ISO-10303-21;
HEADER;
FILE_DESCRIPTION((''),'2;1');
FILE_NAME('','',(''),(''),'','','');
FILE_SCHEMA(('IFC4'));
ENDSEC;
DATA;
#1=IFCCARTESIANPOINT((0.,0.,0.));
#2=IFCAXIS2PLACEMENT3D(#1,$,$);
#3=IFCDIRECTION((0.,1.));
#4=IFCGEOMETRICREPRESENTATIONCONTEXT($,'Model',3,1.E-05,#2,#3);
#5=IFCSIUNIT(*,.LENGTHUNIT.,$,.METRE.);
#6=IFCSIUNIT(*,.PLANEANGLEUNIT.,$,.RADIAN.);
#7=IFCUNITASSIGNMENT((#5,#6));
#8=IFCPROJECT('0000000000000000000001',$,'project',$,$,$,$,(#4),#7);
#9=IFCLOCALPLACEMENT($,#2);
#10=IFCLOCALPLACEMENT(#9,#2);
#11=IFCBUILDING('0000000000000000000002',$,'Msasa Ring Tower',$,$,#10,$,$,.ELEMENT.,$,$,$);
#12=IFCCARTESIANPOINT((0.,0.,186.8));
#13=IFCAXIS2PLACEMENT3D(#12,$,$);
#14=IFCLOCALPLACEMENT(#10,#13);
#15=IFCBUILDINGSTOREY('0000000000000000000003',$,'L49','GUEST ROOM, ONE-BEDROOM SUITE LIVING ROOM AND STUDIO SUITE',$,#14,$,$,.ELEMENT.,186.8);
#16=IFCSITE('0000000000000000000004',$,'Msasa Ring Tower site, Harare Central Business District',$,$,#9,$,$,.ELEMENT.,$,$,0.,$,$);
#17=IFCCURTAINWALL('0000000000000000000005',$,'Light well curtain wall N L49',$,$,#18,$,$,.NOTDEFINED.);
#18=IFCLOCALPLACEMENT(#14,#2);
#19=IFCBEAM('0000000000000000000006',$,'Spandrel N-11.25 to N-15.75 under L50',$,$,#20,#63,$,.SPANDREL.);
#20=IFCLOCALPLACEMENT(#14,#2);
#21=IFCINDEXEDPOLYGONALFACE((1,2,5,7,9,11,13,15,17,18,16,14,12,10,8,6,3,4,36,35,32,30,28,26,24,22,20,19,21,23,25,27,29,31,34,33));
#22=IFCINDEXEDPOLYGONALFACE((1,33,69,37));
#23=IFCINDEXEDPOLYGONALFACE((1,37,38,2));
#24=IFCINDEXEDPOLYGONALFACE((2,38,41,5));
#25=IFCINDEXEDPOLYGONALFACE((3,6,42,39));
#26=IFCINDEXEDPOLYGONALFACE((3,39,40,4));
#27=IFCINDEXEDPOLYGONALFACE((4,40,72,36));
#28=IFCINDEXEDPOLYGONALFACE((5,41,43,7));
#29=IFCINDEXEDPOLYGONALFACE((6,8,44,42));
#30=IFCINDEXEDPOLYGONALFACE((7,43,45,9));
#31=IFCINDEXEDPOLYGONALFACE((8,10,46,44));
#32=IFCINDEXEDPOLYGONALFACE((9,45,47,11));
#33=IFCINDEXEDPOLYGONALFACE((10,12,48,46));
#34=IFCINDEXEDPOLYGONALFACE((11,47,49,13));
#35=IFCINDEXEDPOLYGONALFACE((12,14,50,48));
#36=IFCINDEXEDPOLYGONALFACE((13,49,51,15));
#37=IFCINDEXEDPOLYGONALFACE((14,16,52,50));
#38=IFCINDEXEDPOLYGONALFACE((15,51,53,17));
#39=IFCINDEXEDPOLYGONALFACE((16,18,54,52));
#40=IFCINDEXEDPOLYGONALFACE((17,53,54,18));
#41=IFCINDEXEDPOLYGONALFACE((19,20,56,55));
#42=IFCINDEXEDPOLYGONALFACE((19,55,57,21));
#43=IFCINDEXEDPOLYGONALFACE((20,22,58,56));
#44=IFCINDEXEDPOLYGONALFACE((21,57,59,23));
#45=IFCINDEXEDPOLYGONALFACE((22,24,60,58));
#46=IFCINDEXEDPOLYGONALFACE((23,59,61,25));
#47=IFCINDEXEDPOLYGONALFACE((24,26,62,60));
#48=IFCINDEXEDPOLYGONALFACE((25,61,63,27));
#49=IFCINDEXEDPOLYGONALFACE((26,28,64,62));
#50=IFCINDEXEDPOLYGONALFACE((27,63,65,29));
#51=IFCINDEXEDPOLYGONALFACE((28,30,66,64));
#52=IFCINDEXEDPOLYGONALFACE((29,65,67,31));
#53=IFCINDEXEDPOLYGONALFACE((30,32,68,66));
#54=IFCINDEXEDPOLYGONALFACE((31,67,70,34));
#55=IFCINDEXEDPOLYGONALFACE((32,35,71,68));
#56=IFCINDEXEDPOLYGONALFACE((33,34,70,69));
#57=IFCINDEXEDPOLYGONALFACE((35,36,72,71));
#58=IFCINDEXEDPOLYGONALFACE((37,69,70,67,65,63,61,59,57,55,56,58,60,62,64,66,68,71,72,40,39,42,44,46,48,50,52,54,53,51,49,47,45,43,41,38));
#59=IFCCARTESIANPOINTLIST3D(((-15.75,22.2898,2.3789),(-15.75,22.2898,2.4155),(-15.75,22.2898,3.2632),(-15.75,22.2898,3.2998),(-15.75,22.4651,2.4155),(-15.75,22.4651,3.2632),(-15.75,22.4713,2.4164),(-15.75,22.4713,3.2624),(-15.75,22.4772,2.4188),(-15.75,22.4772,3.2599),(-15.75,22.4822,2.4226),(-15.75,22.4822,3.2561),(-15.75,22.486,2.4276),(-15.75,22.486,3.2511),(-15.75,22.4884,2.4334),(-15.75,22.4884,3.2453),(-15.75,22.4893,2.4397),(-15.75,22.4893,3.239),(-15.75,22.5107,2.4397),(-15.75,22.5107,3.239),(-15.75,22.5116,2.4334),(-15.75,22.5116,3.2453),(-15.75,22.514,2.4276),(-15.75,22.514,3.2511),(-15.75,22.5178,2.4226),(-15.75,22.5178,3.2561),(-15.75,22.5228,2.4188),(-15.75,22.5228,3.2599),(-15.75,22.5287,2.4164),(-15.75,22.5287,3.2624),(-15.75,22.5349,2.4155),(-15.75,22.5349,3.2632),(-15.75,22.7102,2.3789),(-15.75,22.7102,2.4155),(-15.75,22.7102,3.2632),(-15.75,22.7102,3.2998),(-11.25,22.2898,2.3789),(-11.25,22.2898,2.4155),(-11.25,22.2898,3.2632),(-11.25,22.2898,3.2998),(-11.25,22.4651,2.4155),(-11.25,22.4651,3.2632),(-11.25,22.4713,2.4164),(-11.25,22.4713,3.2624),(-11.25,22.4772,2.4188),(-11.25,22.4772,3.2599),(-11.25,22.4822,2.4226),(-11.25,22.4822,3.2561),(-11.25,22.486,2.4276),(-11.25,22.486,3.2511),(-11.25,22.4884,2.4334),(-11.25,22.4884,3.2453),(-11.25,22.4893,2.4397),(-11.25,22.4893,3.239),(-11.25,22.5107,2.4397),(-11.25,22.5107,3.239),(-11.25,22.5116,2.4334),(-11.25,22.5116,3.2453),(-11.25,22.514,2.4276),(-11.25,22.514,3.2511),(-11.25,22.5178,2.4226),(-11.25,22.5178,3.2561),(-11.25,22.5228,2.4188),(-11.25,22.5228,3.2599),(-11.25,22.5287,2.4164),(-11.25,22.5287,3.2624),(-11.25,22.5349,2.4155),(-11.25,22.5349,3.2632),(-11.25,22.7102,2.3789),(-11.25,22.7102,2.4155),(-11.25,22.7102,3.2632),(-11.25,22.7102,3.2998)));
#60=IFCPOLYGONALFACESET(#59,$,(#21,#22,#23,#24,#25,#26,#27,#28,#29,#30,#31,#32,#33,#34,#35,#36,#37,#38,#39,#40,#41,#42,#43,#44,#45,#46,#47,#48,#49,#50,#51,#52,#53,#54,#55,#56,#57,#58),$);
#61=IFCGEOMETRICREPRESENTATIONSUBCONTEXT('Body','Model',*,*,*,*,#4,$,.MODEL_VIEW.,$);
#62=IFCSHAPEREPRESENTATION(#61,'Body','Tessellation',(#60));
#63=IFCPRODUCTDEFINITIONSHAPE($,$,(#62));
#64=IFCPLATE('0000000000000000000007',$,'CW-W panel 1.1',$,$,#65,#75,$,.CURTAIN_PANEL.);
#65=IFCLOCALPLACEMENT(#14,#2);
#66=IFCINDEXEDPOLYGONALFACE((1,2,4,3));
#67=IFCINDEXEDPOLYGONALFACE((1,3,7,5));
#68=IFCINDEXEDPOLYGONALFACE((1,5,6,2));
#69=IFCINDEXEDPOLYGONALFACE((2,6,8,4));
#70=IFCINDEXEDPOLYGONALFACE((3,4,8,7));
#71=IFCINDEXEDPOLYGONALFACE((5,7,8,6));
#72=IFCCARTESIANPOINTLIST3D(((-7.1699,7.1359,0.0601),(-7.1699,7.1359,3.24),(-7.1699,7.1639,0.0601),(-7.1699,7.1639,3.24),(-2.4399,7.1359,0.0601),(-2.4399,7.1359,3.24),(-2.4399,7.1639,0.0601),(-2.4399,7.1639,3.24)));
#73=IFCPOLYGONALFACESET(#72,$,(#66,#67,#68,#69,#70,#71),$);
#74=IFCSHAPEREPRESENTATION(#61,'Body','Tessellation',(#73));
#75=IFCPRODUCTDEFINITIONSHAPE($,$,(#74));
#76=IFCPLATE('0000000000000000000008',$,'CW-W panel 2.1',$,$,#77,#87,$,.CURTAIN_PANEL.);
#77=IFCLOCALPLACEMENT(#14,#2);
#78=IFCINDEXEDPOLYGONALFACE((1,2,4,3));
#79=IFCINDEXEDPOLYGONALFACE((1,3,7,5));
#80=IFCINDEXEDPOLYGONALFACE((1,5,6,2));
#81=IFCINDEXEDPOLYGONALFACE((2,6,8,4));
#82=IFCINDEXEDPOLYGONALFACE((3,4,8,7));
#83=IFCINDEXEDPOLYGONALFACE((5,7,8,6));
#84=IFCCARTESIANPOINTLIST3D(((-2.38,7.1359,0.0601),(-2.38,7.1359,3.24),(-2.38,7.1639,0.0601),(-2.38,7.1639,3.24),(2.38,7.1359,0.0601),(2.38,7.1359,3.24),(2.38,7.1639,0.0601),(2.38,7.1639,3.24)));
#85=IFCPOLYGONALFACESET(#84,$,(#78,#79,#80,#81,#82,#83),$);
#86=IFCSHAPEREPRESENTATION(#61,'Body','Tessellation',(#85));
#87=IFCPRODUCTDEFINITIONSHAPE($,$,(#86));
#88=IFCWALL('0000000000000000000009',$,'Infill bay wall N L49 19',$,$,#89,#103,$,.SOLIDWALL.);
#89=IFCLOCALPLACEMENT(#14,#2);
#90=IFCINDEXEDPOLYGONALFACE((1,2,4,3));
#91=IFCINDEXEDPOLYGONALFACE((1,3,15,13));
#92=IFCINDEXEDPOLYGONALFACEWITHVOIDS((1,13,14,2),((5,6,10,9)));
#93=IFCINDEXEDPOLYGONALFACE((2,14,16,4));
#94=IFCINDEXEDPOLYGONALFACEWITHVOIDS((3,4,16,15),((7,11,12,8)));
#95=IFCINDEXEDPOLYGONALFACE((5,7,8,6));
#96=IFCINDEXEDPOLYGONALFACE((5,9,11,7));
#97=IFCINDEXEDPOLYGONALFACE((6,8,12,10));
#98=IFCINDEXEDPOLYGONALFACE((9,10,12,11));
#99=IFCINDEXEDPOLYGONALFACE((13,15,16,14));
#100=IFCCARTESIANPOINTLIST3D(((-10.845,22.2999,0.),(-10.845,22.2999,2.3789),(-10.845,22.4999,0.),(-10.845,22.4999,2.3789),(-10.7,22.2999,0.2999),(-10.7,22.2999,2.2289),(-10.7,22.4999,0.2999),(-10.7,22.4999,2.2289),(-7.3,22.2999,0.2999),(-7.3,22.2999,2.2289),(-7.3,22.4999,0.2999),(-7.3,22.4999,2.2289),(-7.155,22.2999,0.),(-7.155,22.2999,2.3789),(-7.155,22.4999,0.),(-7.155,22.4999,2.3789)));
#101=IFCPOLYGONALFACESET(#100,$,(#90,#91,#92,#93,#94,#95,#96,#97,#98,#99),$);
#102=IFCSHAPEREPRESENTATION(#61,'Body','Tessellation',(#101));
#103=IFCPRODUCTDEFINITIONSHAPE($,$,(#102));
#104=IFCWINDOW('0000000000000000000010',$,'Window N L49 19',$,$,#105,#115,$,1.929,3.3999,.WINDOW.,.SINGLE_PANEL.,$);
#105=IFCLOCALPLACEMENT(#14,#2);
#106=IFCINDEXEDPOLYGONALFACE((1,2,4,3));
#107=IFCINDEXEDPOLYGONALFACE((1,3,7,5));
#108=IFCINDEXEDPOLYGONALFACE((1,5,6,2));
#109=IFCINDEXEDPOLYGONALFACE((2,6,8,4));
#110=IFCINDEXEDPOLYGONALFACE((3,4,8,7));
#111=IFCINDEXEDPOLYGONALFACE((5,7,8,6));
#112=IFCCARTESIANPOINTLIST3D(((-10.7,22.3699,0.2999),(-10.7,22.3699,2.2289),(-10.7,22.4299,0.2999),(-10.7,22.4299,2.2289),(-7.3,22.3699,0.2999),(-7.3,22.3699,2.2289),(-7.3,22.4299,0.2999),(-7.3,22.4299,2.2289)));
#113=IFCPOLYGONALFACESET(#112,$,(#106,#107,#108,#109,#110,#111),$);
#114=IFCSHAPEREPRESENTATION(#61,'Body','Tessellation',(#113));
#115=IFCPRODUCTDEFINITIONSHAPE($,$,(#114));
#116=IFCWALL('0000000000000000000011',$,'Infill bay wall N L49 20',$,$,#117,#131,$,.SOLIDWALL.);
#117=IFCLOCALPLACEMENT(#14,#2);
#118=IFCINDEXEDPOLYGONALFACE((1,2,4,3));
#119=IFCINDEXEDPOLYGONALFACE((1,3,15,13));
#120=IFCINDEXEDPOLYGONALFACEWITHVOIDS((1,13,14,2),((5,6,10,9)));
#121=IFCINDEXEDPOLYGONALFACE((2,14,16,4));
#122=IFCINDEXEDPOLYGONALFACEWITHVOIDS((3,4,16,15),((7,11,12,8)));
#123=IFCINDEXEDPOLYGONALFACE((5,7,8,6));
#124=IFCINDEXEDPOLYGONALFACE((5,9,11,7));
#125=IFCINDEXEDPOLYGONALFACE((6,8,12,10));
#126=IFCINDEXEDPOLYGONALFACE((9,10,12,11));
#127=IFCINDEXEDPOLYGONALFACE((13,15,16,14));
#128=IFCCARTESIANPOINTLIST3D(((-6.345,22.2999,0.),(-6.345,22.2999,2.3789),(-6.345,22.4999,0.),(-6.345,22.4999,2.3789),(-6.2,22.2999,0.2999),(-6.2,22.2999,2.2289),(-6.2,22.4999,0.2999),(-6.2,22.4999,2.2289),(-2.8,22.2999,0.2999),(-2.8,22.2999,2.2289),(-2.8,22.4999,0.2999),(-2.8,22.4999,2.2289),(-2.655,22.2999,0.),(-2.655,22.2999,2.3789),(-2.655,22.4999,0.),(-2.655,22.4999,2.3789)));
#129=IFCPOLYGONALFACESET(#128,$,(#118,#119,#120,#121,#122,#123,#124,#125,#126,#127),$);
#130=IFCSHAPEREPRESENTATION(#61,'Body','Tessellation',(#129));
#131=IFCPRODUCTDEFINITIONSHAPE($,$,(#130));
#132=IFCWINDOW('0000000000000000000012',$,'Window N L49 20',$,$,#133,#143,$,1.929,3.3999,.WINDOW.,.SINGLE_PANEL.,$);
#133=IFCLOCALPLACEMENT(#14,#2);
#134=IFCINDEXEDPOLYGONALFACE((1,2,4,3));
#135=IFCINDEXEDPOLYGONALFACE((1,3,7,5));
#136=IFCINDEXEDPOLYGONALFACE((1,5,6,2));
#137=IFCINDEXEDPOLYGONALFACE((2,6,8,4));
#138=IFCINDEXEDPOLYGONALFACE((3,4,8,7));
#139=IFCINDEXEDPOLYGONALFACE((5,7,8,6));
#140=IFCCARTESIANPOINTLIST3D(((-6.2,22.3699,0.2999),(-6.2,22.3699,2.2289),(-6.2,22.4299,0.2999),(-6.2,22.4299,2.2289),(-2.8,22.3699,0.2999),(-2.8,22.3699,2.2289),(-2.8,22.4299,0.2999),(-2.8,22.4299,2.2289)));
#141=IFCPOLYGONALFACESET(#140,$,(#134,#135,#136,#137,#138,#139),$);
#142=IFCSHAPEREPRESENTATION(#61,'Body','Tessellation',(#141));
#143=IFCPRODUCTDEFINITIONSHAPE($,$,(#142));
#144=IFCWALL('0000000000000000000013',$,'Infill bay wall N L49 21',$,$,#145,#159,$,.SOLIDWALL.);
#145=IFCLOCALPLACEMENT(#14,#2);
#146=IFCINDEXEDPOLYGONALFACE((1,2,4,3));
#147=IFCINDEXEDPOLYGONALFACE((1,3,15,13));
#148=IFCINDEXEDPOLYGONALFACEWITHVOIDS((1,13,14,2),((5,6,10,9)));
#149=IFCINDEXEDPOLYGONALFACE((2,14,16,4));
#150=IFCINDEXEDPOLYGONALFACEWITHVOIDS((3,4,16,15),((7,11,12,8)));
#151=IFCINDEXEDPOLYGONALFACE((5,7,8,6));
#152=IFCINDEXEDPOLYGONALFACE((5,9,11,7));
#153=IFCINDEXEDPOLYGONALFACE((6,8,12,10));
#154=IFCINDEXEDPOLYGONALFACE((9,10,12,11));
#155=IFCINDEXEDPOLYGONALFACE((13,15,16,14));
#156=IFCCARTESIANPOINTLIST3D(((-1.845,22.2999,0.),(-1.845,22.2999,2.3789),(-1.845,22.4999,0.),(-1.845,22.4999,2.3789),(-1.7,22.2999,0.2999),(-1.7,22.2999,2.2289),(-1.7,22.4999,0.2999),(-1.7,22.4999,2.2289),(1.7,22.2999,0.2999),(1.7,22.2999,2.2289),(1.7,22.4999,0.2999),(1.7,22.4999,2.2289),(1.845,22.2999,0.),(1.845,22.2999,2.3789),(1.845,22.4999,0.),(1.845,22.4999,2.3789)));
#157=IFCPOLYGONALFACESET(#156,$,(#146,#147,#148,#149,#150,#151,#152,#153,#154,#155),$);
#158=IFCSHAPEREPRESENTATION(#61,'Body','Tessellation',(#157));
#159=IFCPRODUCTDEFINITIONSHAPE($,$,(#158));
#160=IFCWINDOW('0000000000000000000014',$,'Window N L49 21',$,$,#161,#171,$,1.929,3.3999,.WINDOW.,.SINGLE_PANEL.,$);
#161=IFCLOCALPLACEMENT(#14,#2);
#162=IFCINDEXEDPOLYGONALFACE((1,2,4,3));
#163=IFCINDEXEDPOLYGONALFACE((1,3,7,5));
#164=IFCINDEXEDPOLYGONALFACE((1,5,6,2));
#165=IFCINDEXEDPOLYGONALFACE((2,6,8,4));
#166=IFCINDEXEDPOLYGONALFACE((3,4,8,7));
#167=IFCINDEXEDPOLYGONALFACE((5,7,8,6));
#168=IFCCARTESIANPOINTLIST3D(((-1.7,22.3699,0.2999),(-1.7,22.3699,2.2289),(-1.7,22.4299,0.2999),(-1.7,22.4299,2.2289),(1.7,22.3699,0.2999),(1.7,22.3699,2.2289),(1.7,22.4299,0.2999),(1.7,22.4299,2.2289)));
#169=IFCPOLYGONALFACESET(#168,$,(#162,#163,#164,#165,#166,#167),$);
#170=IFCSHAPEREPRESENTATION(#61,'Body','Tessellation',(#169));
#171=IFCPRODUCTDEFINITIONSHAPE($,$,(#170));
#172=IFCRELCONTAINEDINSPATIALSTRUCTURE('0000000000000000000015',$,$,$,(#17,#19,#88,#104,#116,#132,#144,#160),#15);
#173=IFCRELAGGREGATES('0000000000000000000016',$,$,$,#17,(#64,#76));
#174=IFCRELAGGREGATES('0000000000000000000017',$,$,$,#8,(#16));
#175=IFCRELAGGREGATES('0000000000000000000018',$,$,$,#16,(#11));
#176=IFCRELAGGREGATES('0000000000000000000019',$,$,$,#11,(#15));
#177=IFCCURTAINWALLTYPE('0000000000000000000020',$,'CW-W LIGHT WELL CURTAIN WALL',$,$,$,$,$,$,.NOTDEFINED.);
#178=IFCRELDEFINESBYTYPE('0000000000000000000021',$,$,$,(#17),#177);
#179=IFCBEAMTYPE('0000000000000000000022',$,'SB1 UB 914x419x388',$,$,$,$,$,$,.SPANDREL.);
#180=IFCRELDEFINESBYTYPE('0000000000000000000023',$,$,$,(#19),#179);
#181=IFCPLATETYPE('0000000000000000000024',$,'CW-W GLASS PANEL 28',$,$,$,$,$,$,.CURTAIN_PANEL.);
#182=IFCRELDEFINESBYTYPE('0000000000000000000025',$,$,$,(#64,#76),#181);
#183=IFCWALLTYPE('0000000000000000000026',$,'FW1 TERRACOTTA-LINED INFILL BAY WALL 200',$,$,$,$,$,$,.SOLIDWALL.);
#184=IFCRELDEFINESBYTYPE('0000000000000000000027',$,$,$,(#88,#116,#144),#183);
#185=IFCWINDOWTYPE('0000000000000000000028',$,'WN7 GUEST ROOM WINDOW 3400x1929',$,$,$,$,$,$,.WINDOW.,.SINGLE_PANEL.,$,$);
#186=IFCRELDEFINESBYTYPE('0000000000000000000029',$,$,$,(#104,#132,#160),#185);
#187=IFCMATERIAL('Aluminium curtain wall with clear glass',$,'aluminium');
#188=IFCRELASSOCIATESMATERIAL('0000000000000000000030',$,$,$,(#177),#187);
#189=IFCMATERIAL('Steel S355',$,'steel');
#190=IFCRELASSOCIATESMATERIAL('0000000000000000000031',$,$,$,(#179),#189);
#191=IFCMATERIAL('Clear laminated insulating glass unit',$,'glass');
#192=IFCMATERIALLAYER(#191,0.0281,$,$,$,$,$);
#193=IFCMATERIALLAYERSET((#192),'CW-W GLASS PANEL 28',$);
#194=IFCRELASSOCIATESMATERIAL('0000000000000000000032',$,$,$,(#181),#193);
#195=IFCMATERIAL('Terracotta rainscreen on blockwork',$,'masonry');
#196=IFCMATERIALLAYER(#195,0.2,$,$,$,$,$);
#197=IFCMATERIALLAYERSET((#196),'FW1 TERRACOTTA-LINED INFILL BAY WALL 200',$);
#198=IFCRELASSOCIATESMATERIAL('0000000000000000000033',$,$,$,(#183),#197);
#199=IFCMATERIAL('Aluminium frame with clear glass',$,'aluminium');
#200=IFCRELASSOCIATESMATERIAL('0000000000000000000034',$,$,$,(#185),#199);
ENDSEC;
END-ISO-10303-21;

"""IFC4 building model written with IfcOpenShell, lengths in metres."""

from ifc_helpers import new_model, si_unit, direction, frame, frame_2d, origin, origin_2d, place, context, subcontext, project, spatial, rectangle, i_section, extrude, material, layer, layer_set, material_profile, profile_set, type_object, element, fill, aggregate, save


model = new_model("IFC4")

# Units and contexts
model_context = context("Model", 3, precision=1e-05, world=origin(), true_north=direction((0.0, 1.0)))
body_context = subcontext(model_context, "Body", "Model", "MODEL_VIEW")
ifc_project = project(units=[si_unit("LENGTHUNIT", "METRE"), si_unit("PLANEANGLEUNIT", "RADIAN")], contexts=[model_context])

# Site, building, storey
site_placement = place(None, origin())
site = spatial("IfcSite", under=ifc_project, at=site_placement, Name="Msasa Ring Tower site, Harare Central Business District", CompositionType="ELEMENT", RefElevation=0.0)
building_placement = place(site_placement, origin())
building = spatial("IfcBuilding", under=site, at=building_placement, Name="Msasa Ring Tower", CompositionType="ELEMENT")
storey_placement = place(building_placement, frame((0.0, 0.0, 186.8)))
storey = spatial("IfcBuildingStorey", under=building, at=storey_placement, Name="L49", Description="GUEST ROOM, ONE-BEDROOM SUITE LIVING ROOM AND STUDIO SUITE", CompositionType="ELEMENT", Elevation=186.8)

# Curtain wall
ifc_material_1 = material(Name="Aluminium curtain wall with clear glass", Category="aluminium")
curtain_wall_type = type_object("IfcCurtainWallType", Name="CW-W LIGHT WELL CURTAIN WALL", PredefinedType="NOTDEFINED", material=ifc_material_1)
curtain_wall_placement = place(storey_placement, origin())
curtain_wall = element("IfcCurtainWall", 1, at=curtain_wall_placement, inside=storey, type_object=curtain_wall_type, Name="Light well curtain wall N L49", PredefinedType="NOTDEFINED")

# Beam
ifc_material_2 = material(Name="Steel S355", Category="steel")
ifc_material_profile_1 = material_profile(ifc_material_2, i_section(OverallWidth=0.4204, OverallDepth=0.9209, WebThickness=0.0215, FlangeThickness=0.0366, FilletRadius=0.0242, at=origin_2d()), Name="UB 914x419x388")
ifc_profile_set_1 = profile_set([ifc_material_profile_1], Name="Steel S355")
beam_type_1 = type_object("IfcBeamType", Name="SB1 UB 914x419x388", PredefinedType="SPANDREL", material=ifc_profile_set_1)
for number, where, z_axis, x_axis, name in (
    (2, (-11.25, 22.5, 2.8394), (-1.0, 0.0, 0.0), (0.0, -1.0, 0.0), "Spandrel N-11.25 to N-15.75 under L50"),
):
    element("IfcBeam", number, at=place(storey_placement, frame(where, z_axis=z_axis, x_axis=x_axis)), inside=storey, type_object=beam_type_1, Name=name, PredefinedType="SPANDREL", context=body_context, shape_type="SweptSolid", body=[
        extrude(i_section(OverallWidth=0.4204, OverallDepth=0.9209, WebThickness=0.0215, FlangeThickness=0.0366, FilletRadius=0.0242, at=origin_2d()), origin(), (0.0, 0.0, 1.0), 4.5),
    ])

# Plates
ifc_material_3 = material(Name="Clear laminated insulating glass unit", Category="glass")
ifc_layer_1 = layer(ifc_material_3, 0.0281)
ifc_layer_set_1 = layer_set([ifc_layer_1], Name="CW-W GLASS PANEL 28")
plate_type = type_object("IfcPlateType", Name="CW-W GLASS PANEL 28", PredefinedType="CURTAIN_PANEL", material=ifc_layer_set_1)
plate_1_placement = place(storey_placement, frame((-4.8049, 7.1499, 0.0601), z_axis=(0.0, 0.0, 1.0), x_axis=(1.0, 0.0, 0.0)))
plate_1 = element("IfcPlate", 3, at=plate_1_placement, type_object=plate_type, Name="CW-W panel 1.1", PredefinedType="CURTAIN_PANEL", context=body_context, shape_type="SweptSolid", body=[
    extrude(rectangle(XDim=4.73, YDim=0.0281, at=origin_2d()), origin(), (0.0, 0.0, 1.0), 3.1799),
])
plate_2_placement = place(storey_placement, frame((0.0, 7.1499, 0.0601), z_axis=(0.0, 0.0, 1.0), x_axis=(1.0, 0.0, 0.0)))
plate_2 = element("IfcPlate", 4, at=plate_2_placement, type_object=plate_type, Name="CW-W panel 2.1", PredefinedType="CURTAIN_PANEL", context=body_context, shape_type="SweptSolid", body=[
    extrude(rectangle(XDim=4.76, YDim=0.0281, at=origin_2d()), origin(), (0.0, 0.0, 1.0), 3.1799),
])
aggregate(curtain_wall, [plate_1, plate_2])

# Walls, openings, windows
ifc_material_4 = material(Name="Terracotta rainscreen on blockwork", Category="masonry")
ifc_layer_2 = layer(ifc_material_4, 0.2)
ifc_layer_set_2 = layer_set([ifc_layer_2], Name="FW1 TERRACOTTA-LINED INFILL BAY WALL 200")
wall_type_1 = type_object("IfcWallType", Name="FW1 TERRACOTTA-LINED INFILL BAY WALL 200", PredefinedType="SOLIDWALL", material=ifc_layer_set_2)
wall_1_placement = place(storey_placement, frame((-10.845, 22.3999, 0.0), z_axis=(0.0, 0.0, 1.0), x_axis=(1.0, 0.0, 0.0)))
wall_1 = element("IfcWall", 5, at=wall_1_placement, inside=storey, type_object=wall_type_1, Name="Infill bay wall N L49 19", PredefinedType="SOLIDWALL", context=body_context, shape_type="SweptSolid", body=[
    extrude(rectangle(XDim=3.6899, YDim=0.2, at=frame_2d((1.845, 0.0))), origin(), (0.0, 0.0, 1.0), 2.3789),
])
opening_1_placement = place(wall_1_placement, frame((0.145, 0.0, 0.3)))
opening_1 = element("IfcOpeningElement", 6, at=opening_1_placement, cuts=wall_1, PredefinedType="OPENING", context=body_context, shape_type="SweptSolid", body=[
    extrude(rectangle(XDim=3.3999, YDim=1.929, at=frame_2d((1.7, 0.9644))), frame((0.0, 0.1099, 0.0), z_axis=(0.0, -1.0, 0.0), x_axis=(1.0, 0.0, 0.0)), (0.0, 0.0, 1.0), 0.22),
])
ifc_material_5 = material(Name="Aluminium frame with clear glass", Category="aluminium")
window_type = type_object("IfcWindowType", Name="WN7 GUEST ROOM WINDOW 3400x1929", PartitioningType="SINGLE_PANEL", PredefinedType="WINDOW", material=ifc_material_5)
window_1_placement = place(opening_1_placement, origin())
window_1 = element("IfcWindow", 7, at=window_1_placement, inside=storey, type_object=window_type, Name="Window N L49 19", OverallHeight=1.929, OverallWidth=3.3999, PartitioningType="SINGLE_PANEL", PredefinedType="WINDOW", context=body_context, shape_type="SweptSolid", body=[
    extrude(rectangle(XDim=3.3999, YDim=1.929, at=frame_2d((1.7, 0.9644))), frame((0.0, 0.03, 0.0), z_axis=(0.0, -1.0, 0.0), x_axis=(1.0, 0.0, 0.0)), (0.0, 0.0, 1.0), 0.0601),
])
fill(opening_1, window_1)
wall_2_placement = place(storey_placement, frame((-6.345, 22.3999, 0.0), z_axis=(0.0, 0.0, 1.0), x_axis=(1.0, 0.0, 0.0)))
wall_2 = element("IfcWall", 8, at=wall_2_placement, inside=storey, type_object=wall_type_1, Name="Infill bay wall N L49 20", PredefinedType="SOLIDWALL", context=body_context, shape_type="SweptSolid", body=[
    extrude(rectangle(XDim=3.6899, YDim=0.2, at=frame_2d((1.845, 0.0))), origin(), (0.0, 0.0, 1.0), 2.3789),
])
opening_2_placement = place(wall_2_placement, frame((0.145, 0.0, 0.3)))
opening_2 = element("IfcOpeningElement", 9, at=opening_2_placement, cuts=wall_2, PredefinedType="OPENING", context=body_context, shape_type="SweptSolid", body=[
    extrude(rectangle(XDim=3.3999, YDim=1.929, at=frame_2d((1.7, 0.9644))), frame((0.0, 0.1099, 0.0), z_axis=(0.0, -1.0, 0.0), x_axis=(1.0, 0.0, 0.0)), (0.0, 0.0, 1.0), 0.22),
])
window_2_placement = place(opening_2_placement, origin())
window_2 = element("IfcWindow", 10, at=window_2_placement, inside=storey, type_object=window_type, Name="Window N L49 20", OverallHeight=1.929, OverallWidth=3.3999, PartitioningType="SINGLE_PANEL", PredefinedType="WINDOW", context=body_context, shape_type="SweptSolid", body=[
    extrude(rectangle(XDim=3.3999, YDim=1.929, at=frame_2d((1.7, 0.9644))), frame((0.0, 0.03, 0.0), z_axis=(0.0, -1.0, 0.0), x_axis=(1.0, 0.0, 0.0)), (0.0, 0.0, 1.0), 0.0601),
])
fill(opening_2, window_2)
wall_3_placement = place(storey_placement, frame((-1.845, 22.3999, 0.0), z_axis=(0.0, 0.0, 1.0), x_axis=(1.0, 0.0, 0.0)))
wall_3 = element("IfcWall", 11, at=wall_3_placement, inside=storey, type_object=wall_type_1, Name="Infill bay wall N L49 21", PredefinedType="SOLIDWALL", context=body_context, shape_type="SweptSolid", body=[
    extrude(rectangle(XDim=3.6899, YDim=0.2, at=frame_2d((1.845, 0.0))), origin(), (0.0, 0.0, 1.0), 2.3789),
])
opening_3_placement = place(wall_3_placement, frame((0.145, 0.0, 0.3)))
opening_3 = element("IfcOpeningElement", 12, at=opening_3_placement, cuts=wall_3, PredefinedType="OPENING", context=body_context, shape_type="SweptSolid", body=[
    extrude(rectangle(XDim=3.3999, YDim=1.929, at=frame_2d((1.7, 0.9644))), frame((0.0, 0.1099, 0.0), z_axis=(0.0, -1.0, 0.0), x_axis=(1.0, 0.0, 0.0)), (0.0, 0.0, 1.0), 0.22),
])
window_3_placement = place(opening_3_placement, origin())
window_3 = element("IfcWindow", 13, at=window_3_placement, inside=storey, type_object=window_type, Name="Window N L49 21", OverallHeight=1.929, OverallWidth=3.3999, PartitioningType="SINGLE_PANEL", PredefinedType="WINDOW", context=body_context, shape_type="SweptSolid", body=[
    extrude(rectangle(XDim=3.3999, YDim=1.929, at=frame_2d((1.7, 0.9644))), frame((0.0, 0.03, 0.0), z_axis=(0.0, -1.0, 0.0), x_axis=(1.0, 0.0, 0.0)), (0.0, 0.0, 1.0), 0.0601),
])
fill(opening_3, window_3)

save(model, "model.ifc")
